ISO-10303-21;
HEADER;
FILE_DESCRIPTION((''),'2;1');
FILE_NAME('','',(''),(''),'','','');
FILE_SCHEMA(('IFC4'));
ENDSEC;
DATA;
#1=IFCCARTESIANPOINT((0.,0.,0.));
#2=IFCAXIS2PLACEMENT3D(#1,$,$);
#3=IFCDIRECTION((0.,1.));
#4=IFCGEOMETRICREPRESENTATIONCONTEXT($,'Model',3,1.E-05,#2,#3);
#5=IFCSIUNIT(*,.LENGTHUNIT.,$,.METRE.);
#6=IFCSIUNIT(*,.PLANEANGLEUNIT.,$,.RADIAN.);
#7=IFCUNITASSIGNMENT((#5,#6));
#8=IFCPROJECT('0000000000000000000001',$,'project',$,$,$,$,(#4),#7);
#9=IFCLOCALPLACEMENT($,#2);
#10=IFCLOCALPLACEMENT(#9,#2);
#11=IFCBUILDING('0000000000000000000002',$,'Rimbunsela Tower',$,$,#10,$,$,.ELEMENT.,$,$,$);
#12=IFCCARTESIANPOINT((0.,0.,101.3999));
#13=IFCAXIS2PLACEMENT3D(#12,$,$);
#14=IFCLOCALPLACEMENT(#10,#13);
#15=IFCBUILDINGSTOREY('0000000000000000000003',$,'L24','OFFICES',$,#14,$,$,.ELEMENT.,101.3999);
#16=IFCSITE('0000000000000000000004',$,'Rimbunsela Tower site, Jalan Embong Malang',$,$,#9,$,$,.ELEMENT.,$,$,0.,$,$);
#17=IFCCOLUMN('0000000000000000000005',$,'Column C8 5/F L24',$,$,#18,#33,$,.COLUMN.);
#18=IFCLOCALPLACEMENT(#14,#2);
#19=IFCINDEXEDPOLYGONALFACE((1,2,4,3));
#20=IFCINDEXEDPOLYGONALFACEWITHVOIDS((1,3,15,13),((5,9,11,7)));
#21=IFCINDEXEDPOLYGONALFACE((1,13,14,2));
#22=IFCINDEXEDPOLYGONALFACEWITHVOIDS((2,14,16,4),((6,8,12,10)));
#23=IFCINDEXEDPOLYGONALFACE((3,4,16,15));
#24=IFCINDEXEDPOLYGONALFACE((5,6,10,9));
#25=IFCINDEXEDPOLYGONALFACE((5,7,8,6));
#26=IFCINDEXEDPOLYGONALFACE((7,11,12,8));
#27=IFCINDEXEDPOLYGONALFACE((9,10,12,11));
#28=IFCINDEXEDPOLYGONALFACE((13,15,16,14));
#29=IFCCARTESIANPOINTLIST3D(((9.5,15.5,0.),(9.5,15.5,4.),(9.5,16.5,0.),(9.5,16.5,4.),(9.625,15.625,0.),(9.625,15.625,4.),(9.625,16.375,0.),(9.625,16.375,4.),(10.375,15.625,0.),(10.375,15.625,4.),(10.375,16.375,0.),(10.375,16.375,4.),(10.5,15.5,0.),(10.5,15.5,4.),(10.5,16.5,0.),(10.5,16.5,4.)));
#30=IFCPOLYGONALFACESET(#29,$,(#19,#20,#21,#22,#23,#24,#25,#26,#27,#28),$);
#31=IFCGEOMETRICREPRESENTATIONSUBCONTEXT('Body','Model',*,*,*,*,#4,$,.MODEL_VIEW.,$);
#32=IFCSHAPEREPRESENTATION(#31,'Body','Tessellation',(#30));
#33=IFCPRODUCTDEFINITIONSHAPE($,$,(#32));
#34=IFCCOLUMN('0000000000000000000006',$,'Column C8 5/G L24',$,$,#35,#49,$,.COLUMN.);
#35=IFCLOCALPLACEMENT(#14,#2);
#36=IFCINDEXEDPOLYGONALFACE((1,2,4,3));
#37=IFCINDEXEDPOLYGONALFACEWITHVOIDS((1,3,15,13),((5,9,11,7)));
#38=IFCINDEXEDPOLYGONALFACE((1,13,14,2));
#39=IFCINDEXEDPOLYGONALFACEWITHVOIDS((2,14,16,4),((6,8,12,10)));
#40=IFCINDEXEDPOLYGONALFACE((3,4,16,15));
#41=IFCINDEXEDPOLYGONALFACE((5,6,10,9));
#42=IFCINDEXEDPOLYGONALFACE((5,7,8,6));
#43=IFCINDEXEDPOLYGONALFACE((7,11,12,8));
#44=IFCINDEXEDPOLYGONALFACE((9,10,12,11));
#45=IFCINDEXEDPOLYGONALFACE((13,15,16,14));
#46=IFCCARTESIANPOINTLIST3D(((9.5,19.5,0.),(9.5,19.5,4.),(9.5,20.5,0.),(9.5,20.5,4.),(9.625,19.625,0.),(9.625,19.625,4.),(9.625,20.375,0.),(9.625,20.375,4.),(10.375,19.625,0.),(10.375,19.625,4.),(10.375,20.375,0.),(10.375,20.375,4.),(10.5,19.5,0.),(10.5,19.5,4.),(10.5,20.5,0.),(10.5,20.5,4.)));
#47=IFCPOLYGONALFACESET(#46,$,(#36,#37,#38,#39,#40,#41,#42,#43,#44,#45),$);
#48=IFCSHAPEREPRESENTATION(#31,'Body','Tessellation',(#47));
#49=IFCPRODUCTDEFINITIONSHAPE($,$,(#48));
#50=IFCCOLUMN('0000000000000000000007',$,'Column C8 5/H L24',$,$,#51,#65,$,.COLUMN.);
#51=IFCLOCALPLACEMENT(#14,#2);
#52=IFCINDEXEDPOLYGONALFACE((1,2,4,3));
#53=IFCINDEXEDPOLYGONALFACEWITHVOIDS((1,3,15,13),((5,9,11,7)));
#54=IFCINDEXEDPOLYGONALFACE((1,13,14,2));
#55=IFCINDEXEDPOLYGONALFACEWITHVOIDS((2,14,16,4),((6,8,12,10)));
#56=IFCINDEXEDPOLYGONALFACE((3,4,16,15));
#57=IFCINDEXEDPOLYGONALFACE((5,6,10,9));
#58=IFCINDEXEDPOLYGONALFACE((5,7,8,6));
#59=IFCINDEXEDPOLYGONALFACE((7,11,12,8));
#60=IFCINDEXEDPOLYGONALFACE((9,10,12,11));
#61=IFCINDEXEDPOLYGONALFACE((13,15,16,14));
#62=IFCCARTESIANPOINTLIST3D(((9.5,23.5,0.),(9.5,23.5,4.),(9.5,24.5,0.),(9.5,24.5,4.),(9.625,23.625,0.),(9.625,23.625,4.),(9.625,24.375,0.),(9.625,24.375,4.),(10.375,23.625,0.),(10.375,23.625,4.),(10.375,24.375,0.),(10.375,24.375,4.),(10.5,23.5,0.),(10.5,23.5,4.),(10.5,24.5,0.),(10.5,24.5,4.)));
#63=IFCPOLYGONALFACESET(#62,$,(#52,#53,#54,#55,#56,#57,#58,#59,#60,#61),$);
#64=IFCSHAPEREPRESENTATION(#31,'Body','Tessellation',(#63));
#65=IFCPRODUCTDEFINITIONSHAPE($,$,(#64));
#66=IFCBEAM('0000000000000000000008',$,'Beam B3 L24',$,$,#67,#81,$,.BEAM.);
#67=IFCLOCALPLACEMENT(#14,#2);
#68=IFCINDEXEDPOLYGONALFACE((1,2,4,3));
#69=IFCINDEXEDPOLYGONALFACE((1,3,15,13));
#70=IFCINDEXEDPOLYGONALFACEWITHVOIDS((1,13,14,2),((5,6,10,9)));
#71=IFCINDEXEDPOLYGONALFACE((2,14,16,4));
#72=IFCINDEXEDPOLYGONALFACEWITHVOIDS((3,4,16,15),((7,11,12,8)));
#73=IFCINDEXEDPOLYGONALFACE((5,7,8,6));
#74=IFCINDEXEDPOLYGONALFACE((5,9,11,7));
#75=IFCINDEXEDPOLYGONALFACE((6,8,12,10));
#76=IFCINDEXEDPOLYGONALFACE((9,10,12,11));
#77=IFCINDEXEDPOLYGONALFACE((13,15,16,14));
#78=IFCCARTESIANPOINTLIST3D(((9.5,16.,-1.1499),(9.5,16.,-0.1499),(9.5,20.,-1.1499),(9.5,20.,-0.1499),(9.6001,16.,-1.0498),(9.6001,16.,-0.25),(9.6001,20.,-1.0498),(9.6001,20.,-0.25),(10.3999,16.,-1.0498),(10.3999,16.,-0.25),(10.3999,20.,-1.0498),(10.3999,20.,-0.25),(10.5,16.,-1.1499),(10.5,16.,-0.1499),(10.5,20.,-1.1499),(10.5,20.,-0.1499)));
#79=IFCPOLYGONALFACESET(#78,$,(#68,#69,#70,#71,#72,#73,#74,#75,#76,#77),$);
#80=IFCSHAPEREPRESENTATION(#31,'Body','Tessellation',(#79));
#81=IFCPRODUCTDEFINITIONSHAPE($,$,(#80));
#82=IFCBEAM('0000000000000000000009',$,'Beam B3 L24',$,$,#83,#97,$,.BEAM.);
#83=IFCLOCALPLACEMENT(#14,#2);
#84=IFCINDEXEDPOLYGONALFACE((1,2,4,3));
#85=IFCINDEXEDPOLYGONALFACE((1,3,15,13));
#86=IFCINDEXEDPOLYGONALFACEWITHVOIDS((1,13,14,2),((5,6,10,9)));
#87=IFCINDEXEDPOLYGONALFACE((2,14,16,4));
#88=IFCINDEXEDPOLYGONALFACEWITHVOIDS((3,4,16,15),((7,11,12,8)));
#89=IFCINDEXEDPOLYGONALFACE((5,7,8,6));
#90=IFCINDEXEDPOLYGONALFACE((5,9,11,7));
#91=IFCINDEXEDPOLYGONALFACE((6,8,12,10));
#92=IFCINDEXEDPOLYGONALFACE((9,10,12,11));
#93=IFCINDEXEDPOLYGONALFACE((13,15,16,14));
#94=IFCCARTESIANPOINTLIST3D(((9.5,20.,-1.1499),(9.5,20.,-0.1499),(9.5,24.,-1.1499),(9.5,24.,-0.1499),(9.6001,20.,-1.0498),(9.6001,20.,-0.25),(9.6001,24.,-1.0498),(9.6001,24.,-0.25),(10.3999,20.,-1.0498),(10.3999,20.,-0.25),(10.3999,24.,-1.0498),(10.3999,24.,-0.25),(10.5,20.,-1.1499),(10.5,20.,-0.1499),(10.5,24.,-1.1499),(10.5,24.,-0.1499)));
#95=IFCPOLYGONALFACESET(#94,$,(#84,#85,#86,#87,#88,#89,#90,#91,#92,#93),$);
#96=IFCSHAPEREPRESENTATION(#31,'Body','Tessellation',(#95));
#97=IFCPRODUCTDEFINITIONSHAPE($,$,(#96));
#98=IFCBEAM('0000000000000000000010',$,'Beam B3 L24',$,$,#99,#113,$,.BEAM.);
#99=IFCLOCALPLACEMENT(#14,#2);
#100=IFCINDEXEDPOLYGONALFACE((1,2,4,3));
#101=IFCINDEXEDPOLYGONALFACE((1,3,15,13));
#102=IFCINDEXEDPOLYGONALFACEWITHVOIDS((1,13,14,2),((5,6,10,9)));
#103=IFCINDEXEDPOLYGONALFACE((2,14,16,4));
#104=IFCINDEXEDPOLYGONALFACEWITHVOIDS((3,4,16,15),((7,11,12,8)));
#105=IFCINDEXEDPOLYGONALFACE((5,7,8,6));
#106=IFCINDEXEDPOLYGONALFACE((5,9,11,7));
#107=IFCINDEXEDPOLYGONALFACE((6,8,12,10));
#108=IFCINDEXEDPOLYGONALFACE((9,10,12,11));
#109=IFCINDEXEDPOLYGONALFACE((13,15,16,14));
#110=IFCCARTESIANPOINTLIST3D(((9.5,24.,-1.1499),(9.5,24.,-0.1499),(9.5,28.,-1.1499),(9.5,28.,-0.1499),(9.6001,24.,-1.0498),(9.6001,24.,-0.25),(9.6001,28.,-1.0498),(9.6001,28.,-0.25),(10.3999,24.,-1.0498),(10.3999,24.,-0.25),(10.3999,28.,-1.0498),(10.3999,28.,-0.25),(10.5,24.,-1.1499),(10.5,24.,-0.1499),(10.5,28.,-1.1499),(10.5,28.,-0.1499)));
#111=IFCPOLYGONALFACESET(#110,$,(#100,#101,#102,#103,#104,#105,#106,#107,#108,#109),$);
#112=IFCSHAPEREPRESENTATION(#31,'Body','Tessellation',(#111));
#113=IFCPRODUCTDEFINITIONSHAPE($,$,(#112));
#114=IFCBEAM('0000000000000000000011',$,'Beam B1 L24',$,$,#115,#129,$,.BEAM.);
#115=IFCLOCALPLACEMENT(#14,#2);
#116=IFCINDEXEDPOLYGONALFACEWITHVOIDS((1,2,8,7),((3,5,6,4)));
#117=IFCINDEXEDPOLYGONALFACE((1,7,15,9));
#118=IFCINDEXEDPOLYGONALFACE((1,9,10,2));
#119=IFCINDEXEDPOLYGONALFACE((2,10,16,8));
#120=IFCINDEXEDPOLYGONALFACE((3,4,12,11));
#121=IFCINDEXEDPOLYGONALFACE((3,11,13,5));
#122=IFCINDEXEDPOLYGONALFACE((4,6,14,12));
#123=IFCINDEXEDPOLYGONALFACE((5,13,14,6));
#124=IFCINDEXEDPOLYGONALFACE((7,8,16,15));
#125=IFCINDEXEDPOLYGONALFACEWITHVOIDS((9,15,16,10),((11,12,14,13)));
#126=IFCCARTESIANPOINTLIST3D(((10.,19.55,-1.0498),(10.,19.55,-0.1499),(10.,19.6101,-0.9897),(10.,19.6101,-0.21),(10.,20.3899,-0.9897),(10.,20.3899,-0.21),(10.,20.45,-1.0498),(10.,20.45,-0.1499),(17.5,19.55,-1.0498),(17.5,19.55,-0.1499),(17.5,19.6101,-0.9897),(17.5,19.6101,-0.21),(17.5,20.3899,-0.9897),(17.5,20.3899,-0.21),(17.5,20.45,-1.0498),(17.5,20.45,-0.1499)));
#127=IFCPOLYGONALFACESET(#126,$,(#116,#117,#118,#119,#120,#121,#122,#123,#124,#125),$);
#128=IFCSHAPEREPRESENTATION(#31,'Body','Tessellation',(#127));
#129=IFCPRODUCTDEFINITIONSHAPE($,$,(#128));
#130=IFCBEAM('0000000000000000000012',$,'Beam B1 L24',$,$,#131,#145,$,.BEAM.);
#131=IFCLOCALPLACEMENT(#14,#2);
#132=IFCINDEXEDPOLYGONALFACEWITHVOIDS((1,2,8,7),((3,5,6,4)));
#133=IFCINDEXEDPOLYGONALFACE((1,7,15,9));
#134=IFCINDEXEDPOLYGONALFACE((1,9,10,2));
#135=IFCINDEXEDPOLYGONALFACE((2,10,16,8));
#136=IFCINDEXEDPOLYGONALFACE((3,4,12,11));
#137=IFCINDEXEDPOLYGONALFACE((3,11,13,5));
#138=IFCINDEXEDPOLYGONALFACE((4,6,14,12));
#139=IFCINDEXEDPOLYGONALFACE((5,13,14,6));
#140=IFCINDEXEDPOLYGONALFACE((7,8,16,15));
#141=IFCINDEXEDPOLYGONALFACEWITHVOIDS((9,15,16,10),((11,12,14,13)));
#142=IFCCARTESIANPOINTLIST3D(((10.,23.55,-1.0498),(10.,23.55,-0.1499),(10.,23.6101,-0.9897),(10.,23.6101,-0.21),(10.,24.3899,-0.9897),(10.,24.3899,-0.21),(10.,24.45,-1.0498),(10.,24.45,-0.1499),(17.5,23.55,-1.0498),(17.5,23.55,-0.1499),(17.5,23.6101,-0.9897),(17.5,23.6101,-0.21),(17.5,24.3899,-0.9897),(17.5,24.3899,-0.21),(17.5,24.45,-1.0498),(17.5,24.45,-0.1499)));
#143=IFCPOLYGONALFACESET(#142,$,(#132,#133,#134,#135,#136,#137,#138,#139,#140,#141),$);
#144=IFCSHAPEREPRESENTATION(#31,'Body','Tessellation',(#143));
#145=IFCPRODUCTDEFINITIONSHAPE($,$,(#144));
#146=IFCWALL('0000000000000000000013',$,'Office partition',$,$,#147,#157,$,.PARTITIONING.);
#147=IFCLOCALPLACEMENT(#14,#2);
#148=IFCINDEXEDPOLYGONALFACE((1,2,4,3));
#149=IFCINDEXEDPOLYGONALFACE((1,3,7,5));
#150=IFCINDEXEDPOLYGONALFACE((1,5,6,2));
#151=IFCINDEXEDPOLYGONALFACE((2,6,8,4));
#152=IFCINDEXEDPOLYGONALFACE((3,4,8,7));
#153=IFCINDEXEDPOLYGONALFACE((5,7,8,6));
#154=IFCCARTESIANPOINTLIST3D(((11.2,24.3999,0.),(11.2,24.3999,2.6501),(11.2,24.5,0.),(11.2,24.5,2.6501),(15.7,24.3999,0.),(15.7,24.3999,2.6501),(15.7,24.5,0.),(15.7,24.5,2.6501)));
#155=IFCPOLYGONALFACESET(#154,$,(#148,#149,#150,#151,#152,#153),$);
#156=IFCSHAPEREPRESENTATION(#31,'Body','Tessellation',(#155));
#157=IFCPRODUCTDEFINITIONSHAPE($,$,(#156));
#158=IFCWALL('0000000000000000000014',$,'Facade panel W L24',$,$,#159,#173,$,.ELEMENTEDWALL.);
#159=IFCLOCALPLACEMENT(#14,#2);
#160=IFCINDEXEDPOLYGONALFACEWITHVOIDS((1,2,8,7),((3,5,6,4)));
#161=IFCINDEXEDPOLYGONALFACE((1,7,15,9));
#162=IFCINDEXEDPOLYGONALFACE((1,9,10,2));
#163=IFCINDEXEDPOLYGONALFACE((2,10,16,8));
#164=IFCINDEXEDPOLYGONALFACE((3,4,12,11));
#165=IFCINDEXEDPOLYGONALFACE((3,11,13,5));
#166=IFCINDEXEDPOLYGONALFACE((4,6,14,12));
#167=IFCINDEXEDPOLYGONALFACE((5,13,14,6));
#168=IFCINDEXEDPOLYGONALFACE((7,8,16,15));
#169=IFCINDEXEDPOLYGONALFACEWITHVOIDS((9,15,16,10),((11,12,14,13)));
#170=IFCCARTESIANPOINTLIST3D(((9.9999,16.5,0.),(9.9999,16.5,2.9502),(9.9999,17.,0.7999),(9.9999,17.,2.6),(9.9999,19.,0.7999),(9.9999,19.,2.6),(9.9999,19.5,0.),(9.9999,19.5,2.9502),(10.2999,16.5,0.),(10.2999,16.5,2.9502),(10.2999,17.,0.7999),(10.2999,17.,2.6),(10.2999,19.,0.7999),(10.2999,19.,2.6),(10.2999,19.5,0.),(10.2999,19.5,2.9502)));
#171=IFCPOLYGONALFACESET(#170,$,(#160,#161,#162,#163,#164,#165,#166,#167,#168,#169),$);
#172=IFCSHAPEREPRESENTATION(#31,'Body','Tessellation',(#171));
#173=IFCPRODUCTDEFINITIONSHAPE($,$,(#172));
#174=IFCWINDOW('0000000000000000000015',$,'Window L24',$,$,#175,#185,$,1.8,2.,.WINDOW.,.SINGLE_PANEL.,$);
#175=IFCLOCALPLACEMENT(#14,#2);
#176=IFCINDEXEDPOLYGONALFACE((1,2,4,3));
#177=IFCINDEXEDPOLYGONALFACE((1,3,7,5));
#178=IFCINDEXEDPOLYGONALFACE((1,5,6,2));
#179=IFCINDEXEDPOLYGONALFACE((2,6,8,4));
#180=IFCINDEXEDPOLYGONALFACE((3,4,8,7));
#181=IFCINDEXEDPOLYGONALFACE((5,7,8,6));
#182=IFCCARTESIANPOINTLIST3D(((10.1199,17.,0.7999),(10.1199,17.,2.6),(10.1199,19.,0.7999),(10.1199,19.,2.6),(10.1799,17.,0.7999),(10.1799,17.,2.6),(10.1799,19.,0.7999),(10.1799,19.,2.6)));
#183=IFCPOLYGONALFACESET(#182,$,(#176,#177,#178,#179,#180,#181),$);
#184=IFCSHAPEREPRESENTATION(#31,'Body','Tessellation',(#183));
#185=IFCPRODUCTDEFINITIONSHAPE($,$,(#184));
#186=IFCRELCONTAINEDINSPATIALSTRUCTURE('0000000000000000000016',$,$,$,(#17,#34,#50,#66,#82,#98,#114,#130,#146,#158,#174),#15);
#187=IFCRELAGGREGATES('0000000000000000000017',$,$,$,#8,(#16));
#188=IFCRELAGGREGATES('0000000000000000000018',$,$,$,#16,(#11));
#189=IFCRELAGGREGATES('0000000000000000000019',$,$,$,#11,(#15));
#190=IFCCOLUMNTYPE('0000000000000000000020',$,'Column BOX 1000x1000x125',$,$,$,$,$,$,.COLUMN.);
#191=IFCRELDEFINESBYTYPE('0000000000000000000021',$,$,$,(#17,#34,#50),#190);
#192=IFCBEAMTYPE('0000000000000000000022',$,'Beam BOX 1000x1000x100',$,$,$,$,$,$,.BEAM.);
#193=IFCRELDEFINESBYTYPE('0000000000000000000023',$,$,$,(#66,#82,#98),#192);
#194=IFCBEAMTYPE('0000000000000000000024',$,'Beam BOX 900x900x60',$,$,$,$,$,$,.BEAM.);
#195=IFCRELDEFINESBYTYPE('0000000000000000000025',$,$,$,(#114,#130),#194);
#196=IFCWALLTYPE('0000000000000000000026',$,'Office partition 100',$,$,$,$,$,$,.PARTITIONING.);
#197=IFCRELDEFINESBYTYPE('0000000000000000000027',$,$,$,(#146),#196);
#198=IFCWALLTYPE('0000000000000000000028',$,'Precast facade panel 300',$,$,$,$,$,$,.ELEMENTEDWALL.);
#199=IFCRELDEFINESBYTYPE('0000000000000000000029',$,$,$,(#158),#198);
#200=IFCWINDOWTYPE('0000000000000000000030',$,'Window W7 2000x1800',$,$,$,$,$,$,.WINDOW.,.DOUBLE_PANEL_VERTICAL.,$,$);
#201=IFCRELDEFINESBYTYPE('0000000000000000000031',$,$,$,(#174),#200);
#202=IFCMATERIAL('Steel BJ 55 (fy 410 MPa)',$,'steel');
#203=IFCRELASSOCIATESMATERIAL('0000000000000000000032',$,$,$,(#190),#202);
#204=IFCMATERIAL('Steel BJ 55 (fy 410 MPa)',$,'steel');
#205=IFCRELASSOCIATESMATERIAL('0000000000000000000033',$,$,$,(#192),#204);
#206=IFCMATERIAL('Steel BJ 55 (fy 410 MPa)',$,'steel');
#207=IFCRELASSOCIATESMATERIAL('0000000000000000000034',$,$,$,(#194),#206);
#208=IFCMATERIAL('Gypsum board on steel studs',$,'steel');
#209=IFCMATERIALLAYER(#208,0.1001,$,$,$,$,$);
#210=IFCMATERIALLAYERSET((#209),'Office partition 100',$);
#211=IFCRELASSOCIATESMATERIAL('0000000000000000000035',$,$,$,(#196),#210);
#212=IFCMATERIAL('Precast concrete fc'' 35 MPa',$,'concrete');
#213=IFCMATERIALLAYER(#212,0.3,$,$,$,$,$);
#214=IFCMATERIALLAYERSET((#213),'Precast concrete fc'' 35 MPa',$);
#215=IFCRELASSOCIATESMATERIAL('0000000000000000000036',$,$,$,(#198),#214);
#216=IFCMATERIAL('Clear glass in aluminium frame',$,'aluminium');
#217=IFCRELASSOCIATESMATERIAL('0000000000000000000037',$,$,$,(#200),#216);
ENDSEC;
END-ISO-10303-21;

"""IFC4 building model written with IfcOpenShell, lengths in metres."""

from ifc_helpers import new_model, si_unit, direction, frame, frame_2d, origin, origin_2d, place, context, subcontext, project, spatial, rectangle, hollow_rectangle, extrude, material, layer, layer_set, material_profile, profile_set, type_object, element, fill, save


model = new_model("IFC4")

# Units and contexts
model_context = context("Model", 3, precision=1e-05, world=origin(), true_north=direction((0.0, 1.0)))
body_context = subcontext(model_context, "Body", "Model", "MODEL_VIEW")
ifc_project = project(units=[si_unit("LENGTHUNIT", "METRE"), si_unit("PLANEANGLEUNIT", "RADIAN")], contexts=[model_context])

# Site, building, storey
site_placement = place(None, origin())
site = spatial("IfcSite", under=ifc_project, at=site_placement, Name="Rimbunsela Tower site, Jalan Embong Malang", CompositionType="ELEMENT", RefElevation=0.0)
building_placement = place(site_placement, origin())
building = spatial("IfcBuilding", under=site, at=building_placement, Name="Rimbunsela Tower", CompositionType="ELEMENT")
storey_placement = place(building_placement, frame((0.0, 0.0, 101.3999)))
storey = spatial("IfcBuildingStorey", under=building, at=storey_placement, Name="L24", Description="OFFICES", CompositionType="ELEMENT", Elevation=101.3999)

# Columns
ifc_material_1 = material(Name="Steel BJ 55 (fy 410 MPa)", Category="steel")
ifc_material_profile_1 = material_profile(ifc_material_1, hollow_rectangle(XDim=1.0, YDim=1.0, WallThickness=0.125, at=origin_2d()), Name="BOX 1000x1000x125")
ifc_profile_set_1 = profile_set([ifc_material_profile_1], Name="Steel BJ 55 (fy 410 MPa)")
column_type = type_object("IfcColumnType", Name="Column BOX 1000x1000x125", PredefinedType="COLUMN", material=ifc_profile_set_1)
for number, where, z_axis, x_axis, name in (
    (1, (10.0, 16.0, 0.0), (0.0, 0.0, 1.0), (1.0, 0.0, 0.0), "Column C8 5/F L24"),
    (2, (10.0, 20.0, 0.0), (0.0, 0.0, 1.0), (1.0, 0.0, 0.0), "Column C8 5/G L24"),
    (3, (10.0, 24.0, 0.0), (0.0, 0.0, 1.0), (1.0, 0.0, 0.0), "Column C8 5/H L24"),
):
    element("IfcColumn", number, at=place(storey_placement, frame(where, z_axis=z_axis, x_axis=x_axis)), inside=storey, type_object=column_type, Name=name, PredefinedType="COLUMN", context=body_context, shape_type="SweptSolid", body=[
        extrude(hollow_rectangle(XDim=1.0, YDim=1.0, WallThickness=0.125, at=origin_2d()), origin(), (0.0, 0.0, 1.0), 4.0),
    ])

# Beams
ifc_material_2 = material(Name="Steel BJ 55 (fy 410 MPa)", Category="steel")
ifc_material_profile_2 = material_profile(ifc_material_2, hollow_rectangle(XDim=1.0, YDim=1.0, WallThickness=0.1001, at=origin_2d()), Name="BOX 1000x1000x100")
ifc_profile_set_2 = profile_set([ifc_material_profile_2], Name="Steel BJ 55 (fy 410 MPa)")
beam_type_1 = type_object("IfcBeamType", Name="Beam BOX 1000x1000x100", PredefinedType="BEAM", material=ifc_profile_set_2)
for number, where, z_axis, x_axis, name in (
    (4, (10.0, 16.0, -0.6499), (0.0, 1.0, 0.0), (-1.0, 0.0, 0.0), "Beam B3 L24"),
    (5, (10.0, 20.0, -0.6499), (0.0, 1.0, 0.0), (-1.0, 0.0, 0.0), "Beam B3 L24"),
    (6, (10.0, 24.0, -0.6499), (0.0, 1.0, 0.0), (-1.0, 0.0, 0.0), "Beam B3 L24"),
):
    element("IfcBeam", number, at=place(storey_placement, frame(where, z_axis=z_axis, x_axis=x_axis)), inside=storey, type_object=beam_type_1, Name=name, PredefinedType="BEAM", context=body_context, shape_type="SweptSolid", body=[
        extrude(hollow_rectangle(XDim=1.0, YDim=1.0, WallThickness=0.1001, at=origin_2d()), origin(), (0.0, 0.0, 1.0), 4.0),
    ])
ifc_material_3 = material(Name="Steel BJ 55 (fy 410 MPa)", Category="steel")
ifc_material_profile_3 = material_profile(ifc_material_3, hollow_rectangle(XDim=0.8999, YDim=0.8999, WallThickness=0.0601, at=origin_2d()), Name="BOX 900x900x60")
ifc_profile_set_3 = profile_set([ifc_material_profile_3], Name="Steel BJ 55 (fy 410 MPa)")
beam_type_2 = type_object("IfcBeamType", Name="Beam BOX 900x900x60", PredefinedType="BEAM", material=ifc_profile_set_3)
for number, where, z_axis, x_axis, name in (
    (7, (10.0, 20.0, -0.5999), (1.0, 0.0, 0.0), (0.0, 1.0, 0.0), "Beam B1 L24"),
    (8, (10.0, 24.0, -0.5999), (1.0, 0.0, 0.0), (0.0, 1.0, 0.0), "Beam B1 L24"),
):
    element("IfcBeam", number, at=place(storey_placement, frame(where, z_axis=z_axis, x_axis=x_axis)), inside=storey, type_object=beam_type_2, Name=name, PredefinedType="BEAM", context=body_context, shape_type="SweptSolid", body=[
        extrude(hollow_rectangle(XDim=0.8999, YDim=0.8999, WallThickness=0.0601, at=origin_2d()), origin(), (0.0, 0.0, 1.0), 7.5),
    ])

# Wall
ifc_material_4 = material(Name="Gypsum board on steel studs", Category="steel")
ifc_layer_1 = layer(ifc_material_4, 0.1001)
ifc_layer_set_1 = layer_set([ifc_layer_1], Name="Office partition 100")
wall_type_1 = type_object("IfcWallType", Name="Office partition 100", PredefinedType="PARTITIONING", material=ifc_layer_set_1)
wall_1_placement = place(storey_placement, frame((11.2, 24.45, 0.0), z_axis=(0.0, 0.0, 1.0), x_axis=(1.0, 0.0, 0.0)))
element("IfcWall", 9, at=wall_1_placement, inside=storey, type_object=wall_type_1, Name="Office partition", PredefinedType="PARTITIONING", context=body_context, shape_type="SweptSolid", body=[
    extrude(rectangle(XDim=4.5, YDim=0.1001, at=frame_2d((2.25, 0.0))), origin(), (0.0, 0.0, 1.0), 2.6501),
])

# Wall, opening, window
ifc_material_5 = material(Name="Precast concrete fc' 35 MPa", Category="concrete")
ifc_layer_2 = layer(ifc_material_5, 0.3)
ifc_layer_set_2 = layer_set([ifc_layer_2], Name="Precast concrete fc' 35 MPa")
wall_type_2 = type_object("IfcWallType", Name="Precast facade panel 300", PredefinedType="ELEMENTEDWALL", material=ifc_layer_set_2)
wall_2_placement = place(storey_placement, frame((10.1499, 19.5, 0.0), z_axis=(0.0, 0.0, 1.0), x_axis=(0.0, -1.0, 0.0)))
wall_2 = element("IfcWall", 10, at=wall_2_placement, inside=storey, type_object=wall_type_2, Name="Facade panel W L24", PredefinedType="ELEMENTEDWALL", context=body_context, shape_type="SweptSolid", body=[
    extrude(rectangle(XDim=3.0, YDim=0.3, at=frame_2d((1.5, 0.0))), origin(), (0.0, 0.0, 1.0), 2.9502),
])
opening_1_placement = place(wall_2_placement, frame((0.5, 0.0, 0.8)))
opening_1 = element("IfcOpeningElement", 11, at=opening_1_placement, cuts=wall_2, PredefinedType="OPENING", context=body_context, shape_type="SweptSolid", body=[
    extrude(rectangle(XDim=2.0, YDim=1.8, at=frame_2d((1.0, 0.8999))), frame((0.0, 0.1599, 0.0), z_axis=(0.0, -1.0, 0.0), x_axis=(1.0, 0.0, 0.0)), (0.0, 0.0, 1.0), 0.3201),
])
ifc_material_6 = material(Name="Clear glass in aluminium frame", Category="aluminium")
window_type = type_object("IfcWindowType", Name="Window W7 2000x1800", PartitioningType="DOUBLE_PANEL_VERTICAL", PredefinedType="WINDOW", material=ifc_material_6)
window_1_placement = place(opening_1_placement, origin())
window_1 = element("IfcWindow", 12, at=window_1_placement, inside=storey, type_object=window_type, Name="Window L24", OverallHeight=1.8, OverallWidth=2.0, PartitioningType="SINGLE_PANEL", PredefinedType="WINDOW", context=body_context, shape_type="SweptSolid", body=[
    extrude(rectangle(XDim=2.0, YDim=1.8, at=frame_2d((1.0, 0.8999))), frame((0.0, 0.03, 0.0), z_axis=(0.0, -1.0, 0.0), x_axis=(1.0, 0.0, 0.0)), (0.0, 0.0, 1.0), 0.0601),
])
fill(opening_1, window_1)

save(model, "model.ifc")
